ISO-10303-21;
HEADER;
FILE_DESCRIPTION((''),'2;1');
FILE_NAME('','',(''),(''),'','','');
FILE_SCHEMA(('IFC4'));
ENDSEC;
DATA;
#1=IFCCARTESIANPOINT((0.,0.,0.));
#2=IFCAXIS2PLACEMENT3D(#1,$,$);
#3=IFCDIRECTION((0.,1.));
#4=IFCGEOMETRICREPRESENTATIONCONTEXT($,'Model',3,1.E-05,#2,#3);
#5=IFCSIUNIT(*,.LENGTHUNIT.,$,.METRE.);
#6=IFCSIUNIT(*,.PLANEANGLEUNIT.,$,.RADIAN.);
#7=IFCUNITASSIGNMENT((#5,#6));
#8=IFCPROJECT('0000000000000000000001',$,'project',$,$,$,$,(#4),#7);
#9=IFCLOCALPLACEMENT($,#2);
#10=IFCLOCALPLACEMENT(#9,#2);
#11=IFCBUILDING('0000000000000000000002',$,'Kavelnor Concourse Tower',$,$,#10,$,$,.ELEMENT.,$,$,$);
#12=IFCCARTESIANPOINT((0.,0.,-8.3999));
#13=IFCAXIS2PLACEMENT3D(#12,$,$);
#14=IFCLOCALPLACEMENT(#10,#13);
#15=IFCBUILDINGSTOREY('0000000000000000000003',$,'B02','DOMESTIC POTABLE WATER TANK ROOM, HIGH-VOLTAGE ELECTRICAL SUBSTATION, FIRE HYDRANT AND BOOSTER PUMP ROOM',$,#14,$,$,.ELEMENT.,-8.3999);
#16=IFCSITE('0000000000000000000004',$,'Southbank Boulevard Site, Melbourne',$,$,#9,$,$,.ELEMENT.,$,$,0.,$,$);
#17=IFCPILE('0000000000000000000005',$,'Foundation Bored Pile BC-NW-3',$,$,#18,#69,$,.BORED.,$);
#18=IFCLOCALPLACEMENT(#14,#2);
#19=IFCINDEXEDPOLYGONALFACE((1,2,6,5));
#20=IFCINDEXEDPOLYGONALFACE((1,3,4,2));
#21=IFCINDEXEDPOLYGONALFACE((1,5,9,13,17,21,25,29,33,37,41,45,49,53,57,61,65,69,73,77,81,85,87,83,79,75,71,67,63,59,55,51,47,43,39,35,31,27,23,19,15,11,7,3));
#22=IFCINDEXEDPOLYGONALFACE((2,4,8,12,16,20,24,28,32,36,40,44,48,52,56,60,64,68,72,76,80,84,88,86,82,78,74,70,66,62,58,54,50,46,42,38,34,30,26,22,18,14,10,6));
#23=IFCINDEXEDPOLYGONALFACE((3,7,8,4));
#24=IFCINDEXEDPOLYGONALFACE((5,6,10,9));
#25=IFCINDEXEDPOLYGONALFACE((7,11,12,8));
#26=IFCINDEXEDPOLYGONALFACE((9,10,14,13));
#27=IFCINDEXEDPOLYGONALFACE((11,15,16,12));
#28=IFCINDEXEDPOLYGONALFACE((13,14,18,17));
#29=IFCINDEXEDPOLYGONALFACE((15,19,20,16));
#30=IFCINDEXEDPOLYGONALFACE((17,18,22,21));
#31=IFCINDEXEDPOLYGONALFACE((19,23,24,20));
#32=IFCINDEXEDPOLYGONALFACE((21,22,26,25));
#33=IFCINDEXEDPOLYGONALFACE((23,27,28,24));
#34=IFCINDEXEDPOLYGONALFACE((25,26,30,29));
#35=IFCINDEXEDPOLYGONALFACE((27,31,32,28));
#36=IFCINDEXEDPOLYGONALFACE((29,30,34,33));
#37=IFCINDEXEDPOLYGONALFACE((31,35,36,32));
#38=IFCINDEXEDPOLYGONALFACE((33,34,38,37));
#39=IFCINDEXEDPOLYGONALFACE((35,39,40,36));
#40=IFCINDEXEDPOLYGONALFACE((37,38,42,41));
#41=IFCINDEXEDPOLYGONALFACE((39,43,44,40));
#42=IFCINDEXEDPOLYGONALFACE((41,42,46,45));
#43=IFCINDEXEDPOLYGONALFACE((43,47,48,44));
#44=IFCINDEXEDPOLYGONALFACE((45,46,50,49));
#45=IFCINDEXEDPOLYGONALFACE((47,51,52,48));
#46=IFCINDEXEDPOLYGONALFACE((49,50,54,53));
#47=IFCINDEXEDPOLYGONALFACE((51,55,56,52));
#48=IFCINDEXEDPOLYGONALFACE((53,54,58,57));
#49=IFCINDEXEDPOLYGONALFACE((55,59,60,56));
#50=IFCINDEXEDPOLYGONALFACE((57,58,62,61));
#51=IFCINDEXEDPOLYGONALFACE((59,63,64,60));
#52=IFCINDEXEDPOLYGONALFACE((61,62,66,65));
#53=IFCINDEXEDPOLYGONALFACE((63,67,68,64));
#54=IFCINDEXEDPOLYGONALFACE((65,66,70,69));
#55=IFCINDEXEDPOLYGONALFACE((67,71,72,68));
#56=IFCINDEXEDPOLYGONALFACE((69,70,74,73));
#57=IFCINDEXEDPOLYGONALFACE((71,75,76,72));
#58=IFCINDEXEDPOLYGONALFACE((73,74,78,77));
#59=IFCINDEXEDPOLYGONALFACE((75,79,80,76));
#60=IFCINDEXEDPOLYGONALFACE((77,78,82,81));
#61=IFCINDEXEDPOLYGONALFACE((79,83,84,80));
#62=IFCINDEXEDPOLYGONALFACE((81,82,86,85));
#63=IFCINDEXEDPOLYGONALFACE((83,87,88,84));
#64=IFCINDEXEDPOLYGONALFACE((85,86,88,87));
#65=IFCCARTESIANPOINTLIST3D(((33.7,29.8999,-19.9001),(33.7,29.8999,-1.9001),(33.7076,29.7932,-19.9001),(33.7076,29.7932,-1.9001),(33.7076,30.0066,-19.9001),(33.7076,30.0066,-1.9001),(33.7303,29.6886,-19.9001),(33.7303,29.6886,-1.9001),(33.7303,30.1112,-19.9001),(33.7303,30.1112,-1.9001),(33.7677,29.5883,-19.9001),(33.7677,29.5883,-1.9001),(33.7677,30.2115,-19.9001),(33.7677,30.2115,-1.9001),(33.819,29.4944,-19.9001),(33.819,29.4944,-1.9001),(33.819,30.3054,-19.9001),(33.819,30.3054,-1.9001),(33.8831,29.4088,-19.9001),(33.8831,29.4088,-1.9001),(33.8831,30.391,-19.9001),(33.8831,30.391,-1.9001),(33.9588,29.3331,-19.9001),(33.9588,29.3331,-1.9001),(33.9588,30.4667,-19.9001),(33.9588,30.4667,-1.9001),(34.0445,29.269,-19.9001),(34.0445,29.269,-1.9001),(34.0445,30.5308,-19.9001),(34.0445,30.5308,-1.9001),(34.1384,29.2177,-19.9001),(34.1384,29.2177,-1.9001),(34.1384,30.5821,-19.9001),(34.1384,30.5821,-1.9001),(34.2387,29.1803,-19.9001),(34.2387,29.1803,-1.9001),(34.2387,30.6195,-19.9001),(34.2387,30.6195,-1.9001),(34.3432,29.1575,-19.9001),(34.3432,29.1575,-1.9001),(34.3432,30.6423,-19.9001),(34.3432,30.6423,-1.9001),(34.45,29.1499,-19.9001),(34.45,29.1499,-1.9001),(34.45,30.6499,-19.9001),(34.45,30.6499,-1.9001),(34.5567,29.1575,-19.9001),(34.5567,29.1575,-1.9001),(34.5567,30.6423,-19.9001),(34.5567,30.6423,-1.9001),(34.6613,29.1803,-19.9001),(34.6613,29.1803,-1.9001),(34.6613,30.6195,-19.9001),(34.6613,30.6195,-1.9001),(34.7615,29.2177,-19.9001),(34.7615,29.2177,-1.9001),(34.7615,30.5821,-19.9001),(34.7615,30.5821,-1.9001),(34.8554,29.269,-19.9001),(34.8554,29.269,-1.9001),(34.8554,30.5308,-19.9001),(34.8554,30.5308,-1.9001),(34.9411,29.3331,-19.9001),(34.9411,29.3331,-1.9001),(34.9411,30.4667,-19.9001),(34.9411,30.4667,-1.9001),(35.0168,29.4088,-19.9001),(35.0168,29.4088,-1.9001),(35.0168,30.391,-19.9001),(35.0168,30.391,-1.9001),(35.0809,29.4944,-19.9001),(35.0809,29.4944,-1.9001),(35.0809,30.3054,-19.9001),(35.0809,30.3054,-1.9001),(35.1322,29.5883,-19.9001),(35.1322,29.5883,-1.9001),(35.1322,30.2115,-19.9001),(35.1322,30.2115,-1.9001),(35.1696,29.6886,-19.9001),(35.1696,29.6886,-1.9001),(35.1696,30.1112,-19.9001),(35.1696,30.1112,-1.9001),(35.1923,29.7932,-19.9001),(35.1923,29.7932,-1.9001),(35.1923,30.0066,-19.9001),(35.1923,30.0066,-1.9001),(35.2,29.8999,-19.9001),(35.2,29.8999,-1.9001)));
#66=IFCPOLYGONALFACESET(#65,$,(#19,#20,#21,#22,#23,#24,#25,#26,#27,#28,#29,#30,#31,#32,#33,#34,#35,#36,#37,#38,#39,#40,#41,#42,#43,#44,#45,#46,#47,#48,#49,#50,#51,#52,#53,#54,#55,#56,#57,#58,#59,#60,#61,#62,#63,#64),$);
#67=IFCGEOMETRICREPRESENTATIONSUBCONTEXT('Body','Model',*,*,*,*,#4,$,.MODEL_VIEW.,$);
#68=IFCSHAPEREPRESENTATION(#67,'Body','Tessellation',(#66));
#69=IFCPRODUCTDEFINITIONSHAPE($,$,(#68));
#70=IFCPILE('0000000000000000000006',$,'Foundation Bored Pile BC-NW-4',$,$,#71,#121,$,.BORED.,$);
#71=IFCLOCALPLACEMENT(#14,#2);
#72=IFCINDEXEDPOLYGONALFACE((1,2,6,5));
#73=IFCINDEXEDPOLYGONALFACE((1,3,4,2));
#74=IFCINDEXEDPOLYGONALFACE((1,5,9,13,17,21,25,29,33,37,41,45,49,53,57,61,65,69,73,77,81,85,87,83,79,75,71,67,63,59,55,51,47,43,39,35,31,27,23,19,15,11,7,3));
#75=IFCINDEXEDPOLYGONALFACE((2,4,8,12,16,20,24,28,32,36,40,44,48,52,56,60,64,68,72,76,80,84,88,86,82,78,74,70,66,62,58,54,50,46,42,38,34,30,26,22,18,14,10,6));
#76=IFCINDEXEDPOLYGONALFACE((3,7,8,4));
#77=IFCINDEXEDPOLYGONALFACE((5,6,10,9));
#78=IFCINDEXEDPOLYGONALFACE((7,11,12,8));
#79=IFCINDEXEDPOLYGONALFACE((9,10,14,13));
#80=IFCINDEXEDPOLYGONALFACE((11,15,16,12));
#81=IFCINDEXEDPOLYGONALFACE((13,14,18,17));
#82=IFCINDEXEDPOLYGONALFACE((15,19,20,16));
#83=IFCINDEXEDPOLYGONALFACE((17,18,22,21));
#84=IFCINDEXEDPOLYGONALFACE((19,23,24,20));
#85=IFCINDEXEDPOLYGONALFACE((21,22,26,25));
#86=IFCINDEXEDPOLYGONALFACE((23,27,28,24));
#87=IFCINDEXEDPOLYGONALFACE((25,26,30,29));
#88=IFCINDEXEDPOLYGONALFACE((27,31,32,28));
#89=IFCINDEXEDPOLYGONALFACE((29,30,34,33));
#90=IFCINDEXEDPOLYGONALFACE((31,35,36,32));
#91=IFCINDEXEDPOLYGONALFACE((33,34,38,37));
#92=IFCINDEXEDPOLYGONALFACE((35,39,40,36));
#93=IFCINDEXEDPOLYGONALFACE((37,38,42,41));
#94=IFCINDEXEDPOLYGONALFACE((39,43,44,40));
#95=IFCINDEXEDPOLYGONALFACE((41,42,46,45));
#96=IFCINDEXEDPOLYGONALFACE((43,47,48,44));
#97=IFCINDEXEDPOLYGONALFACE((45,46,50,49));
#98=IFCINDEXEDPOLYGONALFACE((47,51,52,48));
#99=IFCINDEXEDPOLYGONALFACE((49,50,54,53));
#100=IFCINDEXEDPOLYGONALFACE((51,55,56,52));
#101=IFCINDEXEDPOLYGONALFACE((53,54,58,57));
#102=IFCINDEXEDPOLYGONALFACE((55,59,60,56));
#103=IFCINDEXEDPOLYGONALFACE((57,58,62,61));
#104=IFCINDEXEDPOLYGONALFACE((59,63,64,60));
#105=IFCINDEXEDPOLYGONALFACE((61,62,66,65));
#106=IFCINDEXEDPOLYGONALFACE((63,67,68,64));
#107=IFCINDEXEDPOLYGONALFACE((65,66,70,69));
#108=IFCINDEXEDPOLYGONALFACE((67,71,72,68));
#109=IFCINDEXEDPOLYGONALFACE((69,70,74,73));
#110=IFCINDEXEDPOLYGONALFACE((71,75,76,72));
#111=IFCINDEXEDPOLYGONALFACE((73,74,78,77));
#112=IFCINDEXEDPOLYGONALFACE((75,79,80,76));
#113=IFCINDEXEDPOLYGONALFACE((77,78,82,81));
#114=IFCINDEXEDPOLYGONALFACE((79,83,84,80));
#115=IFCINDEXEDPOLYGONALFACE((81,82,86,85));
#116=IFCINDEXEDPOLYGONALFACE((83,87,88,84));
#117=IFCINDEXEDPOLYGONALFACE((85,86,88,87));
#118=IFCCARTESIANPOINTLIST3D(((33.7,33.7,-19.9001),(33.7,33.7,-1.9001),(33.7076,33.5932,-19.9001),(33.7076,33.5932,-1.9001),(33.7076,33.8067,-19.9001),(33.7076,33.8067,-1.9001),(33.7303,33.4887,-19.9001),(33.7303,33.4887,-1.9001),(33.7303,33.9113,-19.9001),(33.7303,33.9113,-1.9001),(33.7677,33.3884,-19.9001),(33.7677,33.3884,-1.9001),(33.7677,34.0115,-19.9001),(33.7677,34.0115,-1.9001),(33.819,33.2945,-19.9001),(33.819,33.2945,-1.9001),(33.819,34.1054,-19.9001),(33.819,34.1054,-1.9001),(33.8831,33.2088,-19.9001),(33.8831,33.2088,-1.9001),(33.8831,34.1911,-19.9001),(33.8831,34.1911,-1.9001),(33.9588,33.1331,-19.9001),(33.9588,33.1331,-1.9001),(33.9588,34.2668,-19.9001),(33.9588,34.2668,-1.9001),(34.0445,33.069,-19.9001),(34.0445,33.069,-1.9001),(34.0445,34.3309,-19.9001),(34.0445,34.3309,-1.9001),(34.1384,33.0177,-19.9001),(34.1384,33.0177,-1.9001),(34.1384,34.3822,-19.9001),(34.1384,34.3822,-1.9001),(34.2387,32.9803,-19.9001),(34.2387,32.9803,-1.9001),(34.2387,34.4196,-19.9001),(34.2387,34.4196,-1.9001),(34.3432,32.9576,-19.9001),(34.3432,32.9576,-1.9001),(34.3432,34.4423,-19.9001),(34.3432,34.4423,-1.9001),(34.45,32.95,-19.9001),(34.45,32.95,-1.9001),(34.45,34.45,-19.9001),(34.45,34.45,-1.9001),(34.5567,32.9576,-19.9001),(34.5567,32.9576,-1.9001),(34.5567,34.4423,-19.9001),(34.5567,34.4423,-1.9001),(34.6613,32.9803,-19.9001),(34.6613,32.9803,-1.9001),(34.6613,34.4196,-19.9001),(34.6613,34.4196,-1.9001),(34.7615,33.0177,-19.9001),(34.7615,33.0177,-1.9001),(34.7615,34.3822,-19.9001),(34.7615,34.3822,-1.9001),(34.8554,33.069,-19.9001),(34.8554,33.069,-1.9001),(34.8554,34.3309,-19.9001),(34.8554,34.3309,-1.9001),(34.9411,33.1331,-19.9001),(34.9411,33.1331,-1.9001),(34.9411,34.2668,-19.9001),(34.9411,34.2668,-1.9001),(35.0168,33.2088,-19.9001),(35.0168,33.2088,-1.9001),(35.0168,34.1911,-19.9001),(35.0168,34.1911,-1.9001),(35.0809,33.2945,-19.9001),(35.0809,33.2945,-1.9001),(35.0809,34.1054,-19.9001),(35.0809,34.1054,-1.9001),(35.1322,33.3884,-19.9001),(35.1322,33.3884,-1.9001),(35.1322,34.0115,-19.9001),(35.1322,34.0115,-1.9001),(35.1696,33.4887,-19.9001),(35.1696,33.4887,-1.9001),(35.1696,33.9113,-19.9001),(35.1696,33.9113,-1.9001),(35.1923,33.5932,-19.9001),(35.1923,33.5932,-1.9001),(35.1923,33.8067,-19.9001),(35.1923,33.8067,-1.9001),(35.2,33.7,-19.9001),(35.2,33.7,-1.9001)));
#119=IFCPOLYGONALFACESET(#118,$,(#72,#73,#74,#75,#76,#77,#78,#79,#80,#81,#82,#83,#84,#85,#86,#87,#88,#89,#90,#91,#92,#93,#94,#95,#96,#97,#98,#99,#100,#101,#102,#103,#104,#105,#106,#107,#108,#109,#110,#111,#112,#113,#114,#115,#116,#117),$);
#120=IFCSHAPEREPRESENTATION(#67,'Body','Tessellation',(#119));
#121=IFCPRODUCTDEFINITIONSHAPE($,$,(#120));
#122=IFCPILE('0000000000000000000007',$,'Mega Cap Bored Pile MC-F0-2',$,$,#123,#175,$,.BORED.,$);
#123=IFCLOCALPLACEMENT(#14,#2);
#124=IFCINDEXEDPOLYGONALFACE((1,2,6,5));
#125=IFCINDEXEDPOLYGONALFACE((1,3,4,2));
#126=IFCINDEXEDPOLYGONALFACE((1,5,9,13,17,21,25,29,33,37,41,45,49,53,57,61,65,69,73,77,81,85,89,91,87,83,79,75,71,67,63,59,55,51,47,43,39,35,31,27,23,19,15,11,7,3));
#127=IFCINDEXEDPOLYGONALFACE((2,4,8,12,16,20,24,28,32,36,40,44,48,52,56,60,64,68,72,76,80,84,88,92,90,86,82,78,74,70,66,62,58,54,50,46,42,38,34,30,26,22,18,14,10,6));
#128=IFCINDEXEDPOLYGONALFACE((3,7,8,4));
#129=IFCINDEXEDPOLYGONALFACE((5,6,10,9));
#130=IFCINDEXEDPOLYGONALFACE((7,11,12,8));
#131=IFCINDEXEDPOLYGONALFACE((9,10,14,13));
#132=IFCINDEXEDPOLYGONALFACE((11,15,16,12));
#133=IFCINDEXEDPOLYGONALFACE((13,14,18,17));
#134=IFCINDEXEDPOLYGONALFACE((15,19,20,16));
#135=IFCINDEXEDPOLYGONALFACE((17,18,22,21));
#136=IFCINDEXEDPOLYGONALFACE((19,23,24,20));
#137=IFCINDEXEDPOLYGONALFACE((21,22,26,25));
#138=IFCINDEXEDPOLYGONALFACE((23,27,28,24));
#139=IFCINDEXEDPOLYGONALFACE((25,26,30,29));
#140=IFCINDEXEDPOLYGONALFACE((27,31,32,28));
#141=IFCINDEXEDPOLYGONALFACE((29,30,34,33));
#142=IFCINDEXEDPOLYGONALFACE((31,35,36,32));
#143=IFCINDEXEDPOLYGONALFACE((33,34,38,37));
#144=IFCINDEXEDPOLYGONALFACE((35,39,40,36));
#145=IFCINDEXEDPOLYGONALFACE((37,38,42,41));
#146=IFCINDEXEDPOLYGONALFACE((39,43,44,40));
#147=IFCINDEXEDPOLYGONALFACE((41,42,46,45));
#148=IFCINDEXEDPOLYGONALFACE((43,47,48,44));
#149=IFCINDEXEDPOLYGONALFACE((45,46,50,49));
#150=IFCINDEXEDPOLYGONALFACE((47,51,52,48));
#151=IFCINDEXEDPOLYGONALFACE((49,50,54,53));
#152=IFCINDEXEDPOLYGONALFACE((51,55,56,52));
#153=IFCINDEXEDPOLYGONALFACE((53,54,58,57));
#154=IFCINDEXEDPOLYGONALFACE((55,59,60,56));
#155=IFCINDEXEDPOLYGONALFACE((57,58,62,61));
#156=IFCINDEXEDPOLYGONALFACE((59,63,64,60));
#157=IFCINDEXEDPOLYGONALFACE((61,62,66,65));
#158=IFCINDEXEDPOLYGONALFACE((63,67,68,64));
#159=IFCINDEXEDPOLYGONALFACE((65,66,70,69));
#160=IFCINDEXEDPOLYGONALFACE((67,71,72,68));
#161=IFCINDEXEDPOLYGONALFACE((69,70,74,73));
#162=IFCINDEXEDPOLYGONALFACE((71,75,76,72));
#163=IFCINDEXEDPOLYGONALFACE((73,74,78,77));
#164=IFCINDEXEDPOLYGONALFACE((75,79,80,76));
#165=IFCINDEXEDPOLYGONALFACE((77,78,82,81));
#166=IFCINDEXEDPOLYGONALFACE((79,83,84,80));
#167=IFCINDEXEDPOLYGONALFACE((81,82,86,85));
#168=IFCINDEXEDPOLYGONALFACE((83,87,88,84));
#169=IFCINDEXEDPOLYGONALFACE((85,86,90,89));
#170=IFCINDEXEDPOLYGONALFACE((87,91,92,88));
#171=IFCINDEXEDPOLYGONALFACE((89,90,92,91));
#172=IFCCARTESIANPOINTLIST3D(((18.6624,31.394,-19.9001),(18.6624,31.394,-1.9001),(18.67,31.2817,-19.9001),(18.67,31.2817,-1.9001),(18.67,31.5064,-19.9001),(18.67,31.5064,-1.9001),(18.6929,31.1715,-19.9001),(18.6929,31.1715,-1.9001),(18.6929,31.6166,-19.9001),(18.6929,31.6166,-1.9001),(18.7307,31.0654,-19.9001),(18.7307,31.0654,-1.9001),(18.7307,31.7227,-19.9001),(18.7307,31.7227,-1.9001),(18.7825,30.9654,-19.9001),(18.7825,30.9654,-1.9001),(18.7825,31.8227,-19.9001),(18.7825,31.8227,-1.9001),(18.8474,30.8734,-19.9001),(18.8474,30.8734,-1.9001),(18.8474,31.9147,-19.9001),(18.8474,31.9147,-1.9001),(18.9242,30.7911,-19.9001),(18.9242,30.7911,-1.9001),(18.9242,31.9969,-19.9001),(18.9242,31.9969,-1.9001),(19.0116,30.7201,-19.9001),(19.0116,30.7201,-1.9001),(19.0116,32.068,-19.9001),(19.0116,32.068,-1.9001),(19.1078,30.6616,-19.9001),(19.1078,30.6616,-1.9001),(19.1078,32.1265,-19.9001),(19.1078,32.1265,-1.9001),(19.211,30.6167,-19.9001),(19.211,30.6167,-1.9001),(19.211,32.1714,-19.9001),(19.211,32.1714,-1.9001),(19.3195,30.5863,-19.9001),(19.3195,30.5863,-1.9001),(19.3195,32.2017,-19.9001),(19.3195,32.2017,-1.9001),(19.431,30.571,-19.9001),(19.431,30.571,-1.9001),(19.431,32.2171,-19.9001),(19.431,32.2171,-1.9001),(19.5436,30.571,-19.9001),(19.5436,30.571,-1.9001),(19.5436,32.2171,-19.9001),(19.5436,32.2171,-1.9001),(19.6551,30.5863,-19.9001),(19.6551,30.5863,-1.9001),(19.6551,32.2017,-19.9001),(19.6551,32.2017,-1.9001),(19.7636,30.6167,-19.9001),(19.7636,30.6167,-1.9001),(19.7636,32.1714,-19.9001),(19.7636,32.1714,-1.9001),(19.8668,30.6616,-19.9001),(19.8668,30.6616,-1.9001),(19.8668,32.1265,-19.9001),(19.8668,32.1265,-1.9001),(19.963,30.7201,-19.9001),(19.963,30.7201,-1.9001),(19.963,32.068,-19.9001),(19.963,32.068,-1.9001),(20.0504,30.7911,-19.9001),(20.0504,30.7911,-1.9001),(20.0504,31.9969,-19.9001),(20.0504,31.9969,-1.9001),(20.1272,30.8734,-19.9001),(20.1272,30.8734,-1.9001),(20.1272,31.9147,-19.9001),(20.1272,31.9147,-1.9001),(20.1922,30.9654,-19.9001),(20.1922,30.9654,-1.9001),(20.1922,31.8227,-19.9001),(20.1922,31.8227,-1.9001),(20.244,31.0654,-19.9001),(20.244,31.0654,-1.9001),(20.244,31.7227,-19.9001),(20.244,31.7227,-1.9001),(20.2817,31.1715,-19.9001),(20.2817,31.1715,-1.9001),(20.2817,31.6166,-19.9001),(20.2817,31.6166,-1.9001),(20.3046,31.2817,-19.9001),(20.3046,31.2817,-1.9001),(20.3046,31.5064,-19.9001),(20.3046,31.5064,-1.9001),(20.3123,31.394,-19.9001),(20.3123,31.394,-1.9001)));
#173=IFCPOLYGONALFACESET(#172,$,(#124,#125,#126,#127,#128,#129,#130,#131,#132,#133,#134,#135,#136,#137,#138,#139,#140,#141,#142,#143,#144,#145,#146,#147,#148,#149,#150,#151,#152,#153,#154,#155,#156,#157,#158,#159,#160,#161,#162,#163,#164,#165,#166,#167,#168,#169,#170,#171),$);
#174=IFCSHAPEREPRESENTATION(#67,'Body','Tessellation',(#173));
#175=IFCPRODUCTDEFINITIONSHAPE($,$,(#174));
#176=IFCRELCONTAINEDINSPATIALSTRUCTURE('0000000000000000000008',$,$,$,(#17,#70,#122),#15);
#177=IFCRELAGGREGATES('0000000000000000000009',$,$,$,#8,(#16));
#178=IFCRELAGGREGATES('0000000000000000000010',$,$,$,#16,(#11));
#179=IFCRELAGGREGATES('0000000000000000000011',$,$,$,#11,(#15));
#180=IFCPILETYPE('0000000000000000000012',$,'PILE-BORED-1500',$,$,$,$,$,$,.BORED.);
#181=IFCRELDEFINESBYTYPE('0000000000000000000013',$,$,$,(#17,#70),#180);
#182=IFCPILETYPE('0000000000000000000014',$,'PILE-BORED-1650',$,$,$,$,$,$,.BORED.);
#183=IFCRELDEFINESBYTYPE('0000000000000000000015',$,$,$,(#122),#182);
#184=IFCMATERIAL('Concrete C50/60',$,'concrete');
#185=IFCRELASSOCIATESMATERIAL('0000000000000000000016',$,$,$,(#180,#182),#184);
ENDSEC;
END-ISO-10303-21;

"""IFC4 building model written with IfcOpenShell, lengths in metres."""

from ifc_helpers import new_model, si_unit, direction, frame, origin, origin_2d, place, context, subcontext, project, spatial, circle, extrude, material, material_profile, profile_set, type_object, element, save


model = new_model("IFC4")

# Units and contexts
model_context = context("Model", 3, precision=1e-05, world=origin(), true_north=direction((0.0, 1.0)))
body_context = subcontext(model_context, "Body", "Model", "MODEL_VIEW")
ifc_project = project(units=[si_unit("LENGTHUNIT", "METRE"), si_unit("PLANEANGLEUNIT", "RADIAN")], contexts=[model_context])

# Site, building, storey
site_placement = place(None, origin())
site = spatial("IfcSite", under=ifc_project, at=site_placement, Name="Southbank Boulevard Site, Melbourne", CompositionType="ELEMENT", RefElevation=0.0)
building_placement = place(site_placement, origin())
building = spatial("IfcBuilding", under=site, at=building_placement, Name="Kavelnor Concourse Tower", CompositionType="ELEMENT")
storey_placement = place(building_placement, frame((0.0, 0.0, -8.3999)))
storey = spatial("IfcBuildingStorey", under=building, at=storey_placement, Name="B02", Description="DOMESTIC POTABLE WATER TANK ROOM, HIGH-VOLTAGE ELECTRICAL SUBSTATION, FIRE HYDRANT AND BOOSTER PUMP ROOM", CompositionType="ELEMENT", Elevation=-8.3999)

# Shared definitions
ifc_material_1 = material(Name="Concrete C50/60", Category="concrete")

# Piles
ifc_material_profile_1 = material_profile(ifc_material_1, circle(Radius=0.75, at=origin_2d()), Name="PILE-D1500")
ifc_profile_set_1 = profile_set([ifc_material_profile_1], Name="Concrete C50/60")
pile_type_1 = type_object("IfcPileType", Name="PILE-BORED-1500", PredefinedType="BORED", material=ifc_profile_set_1)
for number, where, z_axis, x_axis, name in (
    (1, (34.45, 29.8999, -1.9001), (0.0, 0.0, -1.0), (1.0, 0.0, 0.0), "Foundation Bored Pile BC-NW-3"),
    (2, (34.45, 33.7, -1.9001), (0.0, 0.0, -1.0), (1.0, 0.0, 0.0), "Foundation Bored Pile BC-NW-4"),
):
    element("IfcPile", number, at=place(storey_placement, frame(where, z_axis=z_axis, x_axis=x_axis)), inside=storey, type_object=pile_type_1, Name=name, PredefinedType="BORED", context=body_context, shape_type="SweptSolid", body=[
        extrude(circle(Radius=0.75, at=origin_2d()), origin(), (0.0, 0.0, 1.0), 18.0),
    ])
ifc_material_profile_2 = material_profile(ifc_material_1, circle(Radius=0.825, at=origin_2d()), Name="PILE-D1650")
ifc_profile_set_2 = profile_set([ifc_material_profile_2], Name="Concrete C50/60")
pile_type_2 = type_object("IfcPileType", Name="PILE-BORED-1650", PredefinedType="BORED", material=ifc_profile_set_2)
for number, where, z_axis, x_axis, name in (
    (3, (19.4873, 31.394, -1.9001), (0.0, 0.0, -1.0), (1.0, 0.0, 0.0), "Mega Cap Bored Pile MC-F0-2"),
):
    element("IfcPile", number, at=place(storey_placement, frame(where, z_axis=z_axis, x_axis=x_axis)), inside=storey, type_object=pile_type_2, Name=name, PredefinedType="BORED", context=body_context, shape_type="SweptSolid", body=[
        extrude(circle(Radius=0.825, at=origin_2d()), origin(), (0.0, 0.0, 1.0), 18.0),
    ])

save(model, "model.ifc")
